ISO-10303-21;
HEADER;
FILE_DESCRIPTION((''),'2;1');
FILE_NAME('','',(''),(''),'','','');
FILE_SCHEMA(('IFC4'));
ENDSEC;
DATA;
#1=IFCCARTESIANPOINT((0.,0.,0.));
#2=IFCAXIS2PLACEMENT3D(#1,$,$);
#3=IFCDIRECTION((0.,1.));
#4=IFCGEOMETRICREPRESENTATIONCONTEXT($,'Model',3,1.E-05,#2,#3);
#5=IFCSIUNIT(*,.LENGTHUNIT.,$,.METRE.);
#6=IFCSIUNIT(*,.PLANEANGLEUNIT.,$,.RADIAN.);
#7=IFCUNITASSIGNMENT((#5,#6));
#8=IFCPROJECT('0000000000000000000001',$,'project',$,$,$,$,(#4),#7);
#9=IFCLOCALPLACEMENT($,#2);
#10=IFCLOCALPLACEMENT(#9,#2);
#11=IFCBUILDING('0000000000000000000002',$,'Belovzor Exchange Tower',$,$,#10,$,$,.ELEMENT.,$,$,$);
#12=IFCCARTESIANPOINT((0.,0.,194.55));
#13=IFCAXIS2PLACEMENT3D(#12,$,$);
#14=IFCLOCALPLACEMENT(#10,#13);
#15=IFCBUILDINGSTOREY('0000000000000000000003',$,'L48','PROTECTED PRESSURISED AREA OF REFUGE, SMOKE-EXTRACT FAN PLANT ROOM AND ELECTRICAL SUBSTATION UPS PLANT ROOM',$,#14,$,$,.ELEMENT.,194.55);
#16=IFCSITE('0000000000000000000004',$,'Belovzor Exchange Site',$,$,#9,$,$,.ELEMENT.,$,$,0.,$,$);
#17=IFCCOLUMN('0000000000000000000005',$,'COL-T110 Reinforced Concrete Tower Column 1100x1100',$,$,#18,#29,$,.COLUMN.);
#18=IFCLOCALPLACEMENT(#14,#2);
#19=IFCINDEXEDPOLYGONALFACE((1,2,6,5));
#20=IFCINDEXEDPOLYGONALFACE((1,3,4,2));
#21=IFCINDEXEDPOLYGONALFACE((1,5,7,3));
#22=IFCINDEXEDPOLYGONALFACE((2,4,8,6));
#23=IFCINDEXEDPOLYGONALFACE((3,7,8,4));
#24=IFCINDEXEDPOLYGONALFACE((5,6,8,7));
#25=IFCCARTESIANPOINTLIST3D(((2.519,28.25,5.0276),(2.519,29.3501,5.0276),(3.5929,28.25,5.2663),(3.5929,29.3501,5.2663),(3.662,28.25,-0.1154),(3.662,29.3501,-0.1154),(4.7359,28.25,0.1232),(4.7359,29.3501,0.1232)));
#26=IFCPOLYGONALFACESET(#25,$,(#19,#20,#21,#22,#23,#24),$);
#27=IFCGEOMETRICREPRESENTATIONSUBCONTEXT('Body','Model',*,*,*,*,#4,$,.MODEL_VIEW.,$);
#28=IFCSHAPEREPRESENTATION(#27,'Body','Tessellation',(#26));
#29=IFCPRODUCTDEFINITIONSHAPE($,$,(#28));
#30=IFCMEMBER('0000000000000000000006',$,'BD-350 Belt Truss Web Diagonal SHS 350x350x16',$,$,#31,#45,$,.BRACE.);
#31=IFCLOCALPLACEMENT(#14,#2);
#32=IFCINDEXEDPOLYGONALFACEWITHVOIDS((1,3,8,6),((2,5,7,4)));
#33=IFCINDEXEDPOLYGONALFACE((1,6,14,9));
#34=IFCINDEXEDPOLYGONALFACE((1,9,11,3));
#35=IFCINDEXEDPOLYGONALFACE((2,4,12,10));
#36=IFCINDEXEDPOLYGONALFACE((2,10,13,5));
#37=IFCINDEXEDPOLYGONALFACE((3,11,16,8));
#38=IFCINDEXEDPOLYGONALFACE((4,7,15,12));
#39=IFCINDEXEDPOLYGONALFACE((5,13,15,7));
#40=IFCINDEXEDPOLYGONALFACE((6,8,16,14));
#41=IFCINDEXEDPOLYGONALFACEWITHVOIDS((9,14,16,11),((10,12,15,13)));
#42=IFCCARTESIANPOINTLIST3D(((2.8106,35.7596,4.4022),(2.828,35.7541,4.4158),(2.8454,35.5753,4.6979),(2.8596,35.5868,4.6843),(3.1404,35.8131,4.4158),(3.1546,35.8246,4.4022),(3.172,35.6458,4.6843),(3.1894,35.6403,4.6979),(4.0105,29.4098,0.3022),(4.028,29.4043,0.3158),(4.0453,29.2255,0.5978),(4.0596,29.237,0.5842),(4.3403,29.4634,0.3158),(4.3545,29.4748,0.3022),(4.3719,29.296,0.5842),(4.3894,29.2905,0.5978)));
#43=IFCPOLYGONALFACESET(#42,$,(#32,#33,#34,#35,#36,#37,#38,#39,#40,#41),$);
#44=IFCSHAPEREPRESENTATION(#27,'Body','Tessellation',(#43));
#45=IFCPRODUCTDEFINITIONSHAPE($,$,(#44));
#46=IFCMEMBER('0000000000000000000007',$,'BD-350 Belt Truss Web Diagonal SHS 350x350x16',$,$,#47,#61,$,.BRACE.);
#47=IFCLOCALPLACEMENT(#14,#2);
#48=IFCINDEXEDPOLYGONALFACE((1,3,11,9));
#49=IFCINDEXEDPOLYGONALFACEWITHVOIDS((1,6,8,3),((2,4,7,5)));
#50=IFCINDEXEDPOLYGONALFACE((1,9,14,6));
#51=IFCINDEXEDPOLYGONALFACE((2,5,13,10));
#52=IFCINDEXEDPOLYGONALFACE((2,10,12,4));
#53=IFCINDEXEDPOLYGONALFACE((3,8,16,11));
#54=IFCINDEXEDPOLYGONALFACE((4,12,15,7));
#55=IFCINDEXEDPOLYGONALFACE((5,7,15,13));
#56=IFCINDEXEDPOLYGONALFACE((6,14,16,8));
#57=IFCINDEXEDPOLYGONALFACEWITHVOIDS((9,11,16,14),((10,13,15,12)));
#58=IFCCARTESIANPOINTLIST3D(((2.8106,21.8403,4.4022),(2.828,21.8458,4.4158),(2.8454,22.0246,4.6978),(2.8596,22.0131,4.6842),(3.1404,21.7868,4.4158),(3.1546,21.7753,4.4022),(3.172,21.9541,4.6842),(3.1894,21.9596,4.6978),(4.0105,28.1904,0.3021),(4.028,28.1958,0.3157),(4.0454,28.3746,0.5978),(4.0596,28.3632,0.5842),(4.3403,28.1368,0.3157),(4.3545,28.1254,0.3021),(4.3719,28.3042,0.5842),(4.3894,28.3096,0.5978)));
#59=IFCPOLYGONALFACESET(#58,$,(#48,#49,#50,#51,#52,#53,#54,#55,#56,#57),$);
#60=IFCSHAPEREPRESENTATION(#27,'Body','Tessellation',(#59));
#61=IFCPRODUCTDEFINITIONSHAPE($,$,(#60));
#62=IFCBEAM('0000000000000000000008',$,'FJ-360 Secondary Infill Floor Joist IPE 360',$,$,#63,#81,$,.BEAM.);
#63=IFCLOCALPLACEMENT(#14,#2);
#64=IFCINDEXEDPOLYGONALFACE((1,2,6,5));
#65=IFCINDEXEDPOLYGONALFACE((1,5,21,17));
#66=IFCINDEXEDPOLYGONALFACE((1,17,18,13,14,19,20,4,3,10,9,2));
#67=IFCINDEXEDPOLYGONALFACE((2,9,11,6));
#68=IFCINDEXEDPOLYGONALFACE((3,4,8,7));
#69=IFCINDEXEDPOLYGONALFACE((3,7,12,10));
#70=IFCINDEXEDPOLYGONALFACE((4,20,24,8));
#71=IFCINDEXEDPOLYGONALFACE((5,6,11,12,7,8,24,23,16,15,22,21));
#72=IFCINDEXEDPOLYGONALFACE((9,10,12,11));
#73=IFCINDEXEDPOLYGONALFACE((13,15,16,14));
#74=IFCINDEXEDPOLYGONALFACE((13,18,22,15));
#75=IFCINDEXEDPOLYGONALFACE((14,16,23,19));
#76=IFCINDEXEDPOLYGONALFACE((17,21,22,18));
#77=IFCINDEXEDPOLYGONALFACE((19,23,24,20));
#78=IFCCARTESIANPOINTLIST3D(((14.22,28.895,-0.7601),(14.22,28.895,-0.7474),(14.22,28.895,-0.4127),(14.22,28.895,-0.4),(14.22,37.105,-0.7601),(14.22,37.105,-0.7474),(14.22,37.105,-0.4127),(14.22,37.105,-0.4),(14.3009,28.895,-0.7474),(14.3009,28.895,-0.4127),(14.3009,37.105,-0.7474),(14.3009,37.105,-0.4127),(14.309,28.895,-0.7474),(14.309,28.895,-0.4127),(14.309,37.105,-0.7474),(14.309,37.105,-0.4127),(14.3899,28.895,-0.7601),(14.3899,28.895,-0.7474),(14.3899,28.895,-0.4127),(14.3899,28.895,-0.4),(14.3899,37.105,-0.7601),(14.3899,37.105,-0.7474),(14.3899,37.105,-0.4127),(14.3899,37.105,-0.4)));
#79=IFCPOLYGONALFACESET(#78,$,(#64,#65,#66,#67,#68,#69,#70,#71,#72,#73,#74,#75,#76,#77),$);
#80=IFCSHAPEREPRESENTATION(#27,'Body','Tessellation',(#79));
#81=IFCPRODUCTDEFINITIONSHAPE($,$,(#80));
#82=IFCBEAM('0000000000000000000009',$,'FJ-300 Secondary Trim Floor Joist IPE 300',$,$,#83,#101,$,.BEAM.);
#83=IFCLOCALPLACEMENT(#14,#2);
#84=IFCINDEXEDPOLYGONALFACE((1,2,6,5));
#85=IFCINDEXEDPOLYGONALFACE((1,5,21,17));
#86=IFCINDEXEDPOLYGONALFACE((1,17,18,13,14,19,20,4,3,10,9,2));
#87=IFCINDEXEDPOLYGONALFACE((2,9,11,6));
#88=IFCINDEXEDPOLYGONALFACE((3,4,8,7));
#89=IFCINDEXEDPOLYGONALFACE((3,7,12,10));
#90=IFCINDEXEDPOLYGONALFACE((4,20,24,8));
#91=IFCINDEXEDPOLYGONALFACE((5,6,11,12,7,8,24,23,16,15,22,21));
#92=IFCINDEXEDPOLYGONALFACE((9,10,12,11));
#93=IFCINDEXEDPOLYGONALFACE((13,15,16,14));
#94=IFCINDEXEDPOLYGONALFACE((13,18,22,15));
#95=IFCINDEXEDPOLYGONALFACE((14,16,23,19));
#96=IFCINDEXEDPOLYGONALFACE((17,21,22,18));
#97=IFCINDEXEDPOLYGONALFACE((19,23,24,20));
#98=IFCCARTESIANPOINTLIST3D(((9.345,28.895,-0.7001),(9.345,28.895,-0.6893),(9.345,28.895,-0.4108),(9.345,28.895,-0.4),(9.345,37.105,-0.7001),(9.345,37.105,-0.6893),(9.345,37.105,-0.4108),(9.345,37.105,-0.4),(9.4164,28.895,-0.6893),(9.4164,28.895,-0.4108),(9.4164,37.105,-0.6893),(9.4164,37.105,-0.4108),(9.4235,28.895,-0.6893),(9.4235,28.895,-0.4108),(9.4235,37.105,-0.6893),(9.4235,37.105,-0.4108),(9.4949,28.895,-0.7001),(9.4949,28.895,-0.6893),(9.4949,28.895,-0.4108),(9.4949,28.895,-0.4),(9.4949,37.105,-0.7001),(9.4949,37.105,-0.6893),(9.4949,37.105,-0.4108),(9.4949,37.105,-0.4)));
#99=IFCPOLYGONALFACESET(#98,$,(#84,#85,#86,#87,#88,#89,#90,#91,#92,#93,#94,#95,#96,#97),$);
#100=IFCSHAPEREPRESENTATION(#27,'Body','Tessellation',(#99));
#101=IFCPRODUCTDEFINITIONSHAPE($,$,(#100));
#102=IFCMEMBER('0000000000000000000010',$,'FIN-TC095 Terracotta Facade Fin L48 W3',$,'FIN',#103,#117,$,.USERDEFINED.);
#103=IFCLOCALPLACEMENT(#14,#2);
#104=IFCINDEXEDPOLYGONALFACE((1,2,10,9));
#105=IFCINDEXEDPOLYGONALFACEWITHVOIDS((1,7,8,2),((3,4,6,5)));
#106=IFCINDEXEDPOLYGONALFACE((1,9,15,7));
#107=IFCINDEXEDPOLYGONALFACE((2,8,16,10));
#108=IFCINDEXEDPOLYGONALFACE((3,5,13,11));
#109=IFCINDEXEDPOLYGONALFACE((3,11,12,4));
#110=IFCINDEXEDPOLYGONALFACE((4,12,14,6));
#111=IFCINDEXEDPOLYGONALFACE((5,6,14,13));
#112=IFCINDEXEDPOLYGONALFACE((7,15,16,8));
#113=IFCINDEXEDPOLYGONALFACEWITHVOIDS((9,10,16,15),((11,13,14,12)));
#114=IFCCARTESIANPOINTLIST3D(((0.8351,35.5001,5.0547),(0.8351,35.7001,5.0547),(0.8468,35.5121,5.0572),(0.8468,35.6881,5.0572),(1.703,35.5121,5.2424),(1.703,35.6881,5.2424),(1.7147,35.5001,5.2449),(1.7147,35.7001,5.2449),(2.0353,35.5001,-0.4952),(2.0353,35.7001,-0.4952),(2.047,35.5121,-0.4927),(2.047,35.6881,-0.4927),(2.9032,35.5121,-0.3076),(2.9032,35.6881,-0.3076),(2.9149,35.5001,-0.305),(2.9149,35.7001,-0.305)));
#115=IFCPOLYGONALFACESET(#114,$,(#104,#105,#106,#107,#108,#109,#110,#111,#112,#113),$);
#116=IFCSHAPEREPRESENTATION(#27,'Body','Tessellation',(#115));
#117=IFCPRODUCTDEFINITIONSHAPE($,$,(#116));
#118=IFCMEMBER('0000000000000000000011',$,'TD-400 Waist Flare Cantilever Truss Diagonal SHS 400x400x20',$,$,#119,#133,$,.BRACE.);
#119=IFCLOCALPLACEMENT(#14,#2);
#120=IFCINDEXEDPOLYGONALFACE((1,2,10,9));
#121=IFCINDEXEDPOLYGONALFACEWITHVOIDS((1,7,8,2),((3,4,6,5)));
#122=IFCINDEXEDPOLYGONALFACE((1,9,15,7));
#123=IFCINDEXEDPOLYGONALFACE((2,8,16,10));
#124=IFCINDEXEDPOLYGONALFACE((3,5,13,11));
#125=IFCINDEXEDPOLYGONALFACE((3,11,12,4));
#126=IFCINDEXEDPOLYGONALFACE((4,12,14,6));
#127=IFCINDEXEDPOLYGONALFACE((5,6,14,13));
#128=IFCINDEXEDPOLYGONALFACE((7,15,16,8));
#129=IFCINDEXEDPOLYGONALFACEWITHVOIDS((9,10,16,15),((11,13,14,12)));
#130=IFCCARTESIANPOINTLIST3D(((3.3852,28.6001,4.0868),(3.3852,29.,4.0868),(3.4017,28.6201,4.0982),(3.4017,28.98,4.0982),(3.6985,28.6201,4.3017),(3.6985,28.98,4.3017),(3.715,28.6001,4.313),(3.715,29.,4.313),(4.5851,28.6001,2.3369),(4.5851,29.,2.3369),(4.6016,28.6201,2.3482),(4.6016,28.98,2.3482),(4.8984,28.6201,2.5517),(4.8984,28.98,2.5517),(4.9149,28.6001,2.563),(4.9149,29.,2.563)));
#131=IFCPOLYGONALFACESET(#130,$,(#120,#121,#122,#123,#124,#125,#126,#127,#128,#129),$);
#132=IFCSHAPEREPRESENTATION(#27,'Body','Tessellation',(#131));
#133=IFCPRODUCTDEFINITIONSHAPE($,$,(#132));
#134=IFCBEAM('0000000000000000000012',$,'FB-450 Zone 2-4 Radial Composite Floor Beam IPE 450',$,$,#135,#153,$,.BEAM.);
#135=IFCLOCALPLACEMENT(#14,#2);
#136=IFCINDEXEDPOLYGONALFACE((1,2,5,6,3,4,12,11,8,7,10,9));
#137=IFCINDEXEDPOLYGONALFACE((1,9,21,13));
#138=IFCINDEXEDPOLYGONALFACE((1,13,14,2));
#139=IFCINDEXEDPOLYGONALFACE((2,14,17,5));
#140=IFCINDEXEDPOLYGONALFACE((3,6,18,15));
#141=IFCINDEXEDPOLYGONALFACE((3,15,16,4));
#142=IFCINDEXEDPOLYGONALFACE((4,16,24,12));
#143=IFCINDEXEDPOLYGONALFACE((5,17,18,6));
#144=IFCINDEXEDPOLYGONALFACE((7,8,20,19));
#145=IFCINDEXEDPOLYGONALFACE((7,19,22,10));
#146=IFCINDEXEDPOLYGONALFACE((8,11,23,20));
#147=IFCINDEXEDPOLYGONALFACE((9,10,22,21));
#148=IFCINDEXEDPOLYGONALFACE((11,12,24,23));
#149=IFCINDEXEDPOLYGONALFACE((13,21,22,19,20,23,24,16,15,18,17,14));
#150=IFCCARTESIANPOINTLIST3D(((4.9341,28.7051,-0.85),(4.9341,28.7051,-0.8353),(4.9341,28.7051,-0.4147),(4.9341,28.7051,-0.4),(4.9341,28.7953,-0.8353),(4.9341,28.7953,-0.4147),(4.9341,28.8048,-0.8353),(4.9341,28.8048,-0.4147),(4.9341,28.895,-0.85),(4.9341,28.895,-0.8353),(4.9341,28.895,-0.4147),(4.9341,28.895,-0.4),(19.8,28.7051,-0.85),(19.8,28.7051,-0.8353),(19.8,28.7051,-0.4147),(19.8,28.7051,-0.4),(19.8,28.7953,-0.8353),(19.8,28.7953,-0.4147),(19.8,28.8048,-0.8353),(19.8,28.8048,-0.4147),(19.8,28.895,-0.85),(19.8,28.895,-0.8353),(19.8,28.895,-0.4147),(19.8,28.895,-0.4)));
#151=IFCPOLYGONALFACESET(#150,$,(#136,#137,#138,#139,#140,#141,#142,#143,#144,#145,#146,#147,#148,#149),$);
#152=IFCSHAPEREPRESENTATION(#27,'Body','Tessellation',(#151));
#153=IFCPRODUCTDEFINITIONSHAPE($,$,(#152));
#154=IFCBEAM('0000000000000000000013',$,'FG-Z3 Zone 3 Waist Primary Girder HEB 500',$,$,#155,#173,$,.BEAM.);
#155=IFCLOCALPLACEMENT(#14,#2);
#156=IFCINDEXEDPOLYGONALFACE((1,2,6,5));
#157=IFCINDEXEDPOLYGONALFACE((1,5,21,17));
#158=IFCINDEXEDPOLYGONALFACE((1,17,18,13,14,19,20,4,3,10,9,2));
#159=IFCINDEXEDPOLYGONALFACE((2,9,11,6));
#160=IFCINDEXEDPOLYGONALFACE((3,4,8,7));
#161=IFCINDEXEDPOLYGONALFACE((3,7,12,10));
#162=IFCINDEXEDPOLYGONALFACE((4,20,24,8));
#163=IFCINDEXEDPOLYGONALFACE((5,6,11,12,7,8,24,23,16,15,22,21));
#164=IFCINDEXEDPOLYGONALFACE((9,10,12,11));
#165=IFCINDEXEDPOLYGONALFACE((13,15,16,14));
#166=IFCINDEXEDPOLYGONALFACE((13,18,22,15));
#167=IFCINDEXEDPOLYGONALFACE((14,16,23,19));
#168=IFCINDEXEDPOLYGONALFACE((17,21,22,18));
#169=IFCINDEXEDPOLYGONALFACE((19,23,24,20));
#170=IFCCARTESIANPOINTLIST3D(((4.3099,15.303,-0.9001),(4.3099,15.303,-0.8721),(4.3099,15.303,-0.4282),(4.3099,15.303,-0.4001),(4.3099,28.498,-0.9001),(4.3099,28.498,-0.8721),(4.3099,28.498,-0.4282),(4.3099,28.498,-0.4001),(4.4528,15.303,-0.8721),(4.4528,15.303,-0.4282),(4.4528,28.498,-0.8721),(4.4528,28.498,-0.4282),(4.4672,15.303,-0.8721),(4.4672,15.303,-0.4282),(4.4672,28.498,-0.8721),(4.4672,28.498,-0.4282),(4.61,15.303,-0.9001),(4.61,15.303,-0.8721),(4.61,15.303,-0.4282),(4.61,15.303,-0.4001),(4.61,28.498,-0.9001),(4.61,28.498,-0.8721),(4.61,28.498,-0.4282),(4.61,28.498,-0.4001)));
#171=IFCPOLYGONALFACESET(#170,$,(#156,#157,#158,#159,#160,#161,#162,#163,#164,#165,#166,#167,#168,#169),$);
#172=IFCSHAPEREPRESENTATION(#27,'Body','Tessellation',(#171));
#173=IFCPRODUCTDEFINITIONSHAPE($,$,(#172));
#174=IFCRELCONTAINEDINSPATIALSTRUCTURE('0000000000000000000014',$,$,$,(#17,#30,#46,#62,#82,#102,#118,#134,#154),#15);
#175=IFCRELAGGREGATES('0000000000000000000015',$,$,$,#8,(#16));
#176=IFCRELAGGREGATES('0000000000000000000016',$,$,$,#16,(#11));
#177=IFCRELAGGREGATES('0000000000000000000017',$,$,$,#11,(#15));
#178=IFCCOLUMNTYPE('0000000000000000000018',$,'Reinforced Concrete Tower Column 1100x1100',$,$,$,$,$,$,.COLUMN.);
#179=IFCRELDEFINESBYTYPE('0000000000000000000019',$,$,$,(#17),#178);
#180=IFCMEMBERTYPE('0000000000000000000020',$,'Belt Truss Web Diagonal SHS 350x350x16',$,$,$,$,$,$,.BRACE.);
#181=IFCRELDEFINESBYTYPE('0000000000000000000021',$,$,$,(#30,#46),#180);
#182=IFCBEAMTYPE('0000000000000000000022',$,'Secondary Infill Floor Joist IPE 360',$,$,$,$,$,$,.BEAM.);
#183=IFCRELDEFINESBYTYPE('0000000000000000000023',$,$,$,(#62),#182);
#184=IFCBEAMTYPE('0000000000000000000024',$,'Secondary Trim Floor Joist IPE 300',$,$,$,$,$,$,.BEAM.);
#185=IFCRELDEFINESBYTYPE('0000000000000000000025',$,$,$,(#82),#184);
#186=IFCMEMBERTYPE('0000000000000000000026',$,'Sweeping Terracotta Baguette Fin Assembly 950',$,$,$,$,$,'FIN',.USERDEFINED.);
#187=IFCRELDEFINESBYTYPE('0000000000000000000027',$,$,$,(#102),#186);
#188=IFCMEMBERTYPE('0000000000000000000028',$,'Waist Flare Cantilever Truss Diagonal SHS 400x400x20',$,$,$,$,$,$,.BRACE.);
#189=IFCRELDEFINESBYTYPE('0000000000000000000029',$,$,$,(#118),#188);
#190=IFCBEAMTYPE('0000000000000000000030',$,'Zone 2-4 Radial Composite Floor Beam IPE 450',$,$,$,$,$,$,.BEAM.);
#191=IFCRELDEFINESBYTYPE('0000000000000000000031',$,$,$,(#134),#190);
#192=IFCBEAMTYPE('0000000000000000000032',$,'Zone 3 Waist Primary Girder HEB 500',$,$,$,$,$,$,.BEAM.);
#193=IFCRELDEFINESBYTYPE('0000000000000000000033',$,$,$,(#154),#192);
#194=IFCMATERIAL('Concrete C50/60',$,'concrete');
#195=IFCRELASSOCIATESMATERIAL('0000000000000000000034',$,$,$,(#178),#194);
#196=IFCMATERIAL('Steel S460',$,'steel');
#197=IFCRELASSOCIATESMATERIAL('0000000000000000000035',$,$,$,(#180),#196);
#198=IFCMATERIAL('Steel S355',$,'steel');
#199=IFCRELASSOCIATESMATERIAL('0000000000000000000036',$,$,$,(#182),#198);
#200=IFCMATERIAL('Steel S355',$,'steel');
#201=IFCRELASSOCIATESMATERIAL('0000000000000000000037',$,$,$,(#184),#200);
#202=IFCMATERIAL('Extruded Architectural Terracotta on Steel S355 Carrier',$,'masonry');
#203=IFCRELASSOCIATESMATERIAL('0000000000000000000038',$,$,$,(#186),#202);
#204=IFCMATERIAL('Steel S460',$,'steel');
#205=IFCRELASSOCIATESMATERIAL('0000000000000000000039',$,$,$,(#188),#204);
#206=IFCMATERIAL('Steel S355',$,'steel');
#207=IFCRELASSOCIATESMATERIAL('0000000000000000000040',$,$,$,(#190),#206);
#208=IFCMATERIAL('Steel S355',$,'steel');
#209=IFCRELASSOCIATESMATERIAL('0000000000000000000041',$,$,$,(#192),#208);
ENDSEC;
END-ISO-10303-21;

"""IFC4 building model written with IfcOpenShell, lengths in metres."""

from ifc_helpers import new_model, si_unit, direction, frame, origin, origin_2d, place, context, subcontext, project, spatial, rectangle, hollow_rectangle, i_section, extrude, material, material_profile, profile_set, type_object, element, save


model = new_model("IFC4")

# Units and contexts
model_context = context("Model", 3, precision=1e-05, world=origin(), true_north=direction((0.0, 1.0)))
body_context = subcontext(model_context, "Body", "Model", "MODEL_VIEW")
ifc_project = project(units=[si_unit("LENGTHUNIT", "METRE"), si_unit("PLANEANGLEUNIT", "RADIAN")], contexts=[model_context])

# Site, building, storey
site_placement = place(None, origin())
site = spatial("IfcSite", under=ifc_project, at=site_placement, Name="Belovzor Exchange Site", CompositionType="ELEMENT", RefElevation=0.0)
building_placement = place(site_placement, origin())
building = spatial("IfcBuilding", under=site, at=building_placement, Name="Belovzor Exchange Tower", CompositionType="ELEMENT")
storey_placement = place(building_placement, frame((0.0, 0.0, 194.55)))
storey = spatial("IfcBuildingStorey", under=building, at=storey_placement, Name="L48", Description="PROTECTED PRESSURISED AREA OF REFUGE, SMOKE-EXTRACT FAN PLANT ROOM AND ELECTRICAL SUBSTATION UPS PLANT ROOM", CompositionType="ELEMENT", Elevation=194.55)

# Column
ifc_material_1 = material(Name="Concrete C50/60", Category="concrete")
ifc_material_profile_1 = material_profile(ifc_material_1, rectangle(XDim=1.1001, YDim=1.1001, at=origin_2d()))
ifc_profile_set_1 = profile_set([ifc_material_profile_1], Name="Concrete C50/60")
column_type = type_object("IfcColumnType", Name="Reinforced Concrete Tower Column 1100x1100", PredefinedType="COLUMN", material=ifc_profile_set_1)
column_placement = place(storey_placement, frame((4.199, 28.8, 0.0039), z_axis=(-0.21696, 0.0, 0.976181), x_axis=(0.0, -1.0, 0.0)))
element("IfcColumn", 1, at=column_placement, inside=storey, type_object=column_type, Name="COL-T110 Reinforced Concrete Tower Column 1100x1100", PredefinedType="COLUMN", context=body_context, shape_type="SweptSolid", body=[
    extrude(rectangle(XDim=1.1001, YDim=1.1001, at=origin_2d()), origin(), (0.0, 0.0, 1.0), 5.2686),
])

# Members
ifc_material_2 = material(Name="Steel S460", Category="steel")
ifc_material_profile_2 = material_profile(ifc_material_2, hollow_rectangle(XDim=0.3501, YDim=0.3501, WallThickness=0.0161, at=origin_2d()))
ifc_profile_set_2 = profile_set([ifc_material_profile_2], Name="Steel S460")
member_type_1 = type_object("IfcMemberType", Name="Belt Truss Web Diagonal SHS 350x350x16", PredefinedType="BRACE", material=ifc_profile_set_2)
member_1_placement = place(storey_placement, frame((3.0, 35.7, 4.55), z_axis=(0.156791, -0.8297, -0.535737), x_axis=(0.982609, 0.185687, 0.0)))
element("IfcMember", 2, at=member_1_placement, inside=storey, type_object=member_type_1, Name="BD-350 Belt Truss Web Diagonal SHS 350x350x16", PredefinedType="BRACE", context=body_context, shape_type="SweptSolid", body=[
    extrude(hollow_rectangle(XDim=0.3501, YDim=0.3501, WallThickness=0.0161, at=origin_2d()), origin(), (0.0, 0.0, 1.0), 7.6531),
])
member_2_placement = place(storey_placement, frame((4.2, 28.25, 0.45), z_axis=(-0.156787, -0.82971, 0.535723), x_axis=(0.98261, -0.18568, 0.0)))
element("IfcMember", 3, at=member_2_placement, inside=storey, type_object=member_type_1, Name="BD-350 Belt Truss Web Diagonal SHS 350x350x16", PredefinedType="BRACE", context=body_context, shape_type="SweptSolid", body=[
    extrude(hollow_rectangle(XDim=0.3501, YDim=0.3501, WallThickness=0.0161, at=origin_2d()), origin(), (0.0, 0.0, 1.0), 7.6533),
])

# Beams
ifc_material_3 = material(Name="Steel S355", Category="steel")
ifc_material_profile_3 = material_profile(ifc_material_3, i_section(OverallWidth=0.1699, OverallDepth=0.3601, WebThickness=0.0081, FlangeThickness=0.0127, at=origin_2d()))
ifc_profile_set_3 = profile_set([ifc_material_profile_3], Name="Steel S355")
beam_type_1 = type_object("IfcBeamType", Name="Secondary Infill Floor Joist IPE 360", PredefinedType="BEAM", material=ifc_profile_set_3)
beam_1_placement = place(storey_placement, frame((14.3049, 28.895, -0.5801), z_axis=(0.0, 1.0, 0.0), x_axis=(-1.0, 0.0, 0.0)))
element("IfcBeam", 4, at=beam_1_placement, inside=storey, type_object=beam_type_1, Name="FJ-360 Secondary Infill Floor Joist IPE 360", PredefinedType="BEAM", context=body_context, shape_type="SweptSolid", body=[
    extrude(i_section(OverallWidth=0.1699, OverallDepth=0.3601, WebThickness=0.0081, FlangeThickness=0.0127, at=origin_2d()), origin(), (0.0, 0.0, 1.0), 8.21),
])
ifc_material_4 = material(Name="Steel S355", Category="steel")
ifc_material_profile_4 = material_profile(ifc_material_4, i_section(OverallWidth=0.1499, OverallDepth=0.3, WebThickness=0.0071, FlangeThickness=0.0107, at=origin_2d()))
ifc_profile_set_4 = profile_set([ifc_material_profile_4], Name="Steel S355")
beam_type_2 = type_object("IfcBeamType", Name="Secondary Trim Floor Joist IPE 300", PredefinedType="BEAM", material=ifc_profile_set_4)
beam_2_placement = place(storey_placement, frame((9.4199, 28.895, -0.55), z_axis=(0.0, 1.0, 0.0), x_axis=(-1.0, 0.0, 0.0)))
element("IfcBeam", 5, at=beam_2_placement, inside=storey, type_object=beam_type_2, Name="FJ-300 Secondary Trim Floor Joist IPE 300", PredefinedType="BEAM", context=body_context, shape_type="SweptSolid", body=[
    extrude(i_section(OverallWidth=0.1499, OverallDepth=0.3, WebThickness=0.0071, FlangeThickness=0.0107, at=origin_2d()), origin(), (0.0, 0.0, 1.0), 8.21),
])

# Members
ifc_material_5 = material(Name="Extruded Architectural Terracotta on Steel S355 Carrier", Category="masonry")
ifc_material_profile_5 = material_profile(ifc_material_5, hollow_rectangle(XDim=0.2, YDim=0.8999, WallThickness=0.012, at=origin_2d()))
ifc_profile_set_5 = profile_set([ifc_material_profile_5], Name="Extruded Architectural Terracotta on Steel S355 Carrier")
member_type_2 = type_object("IfcMemberType", Name="Sweeping Terracotta Baguette Fin Assembly 950", ElementType="FIN", PredefinedType="USERDEFINED", material=ifc_profile_set_5)
member_3_placement = place(storey_placement, frame((2.4751, 35.6001, -0.4001), z_axis=(-0.211364, 0.0, 0.977407), x_axis=(0.0, -1.0, 0.0)))
element("IfcMember", 6, at=member_3_placement, inside=storey, type_object=member_type_2, Name="FIN-TC095 Terracotta Facade Fin L48 W3", ObjectType="FIN", PredefinedType="USERDEFINED", context=body_context, shape_type="SweptSolid", body=[
    extrude(hollow_rectangle(XDim=0.2, YDim=0.8999, WallThickness=0.012, at=origin_2d()), origin(), (0.0, 0.0, 1.0), 5.6782),
])
ifc_material_6 = material(Name="Steel S460", Category="steel")
ifc_material_profile_6 = material_profile(ifc_material_6, hollow_rectangle(XDim=0.3999, YDim=0.3999, WallThickness=0.02, at=origin_2d()))
ifc_profile_set_6 = profile_set([ifc_material_profile_6], Name="Steel S460")
member_type_3 = type_object("IfcMemberType", Name="Waist Flare Cantilever Truss Diagonal SHS 400x400x20", PredefinedType="BRACE", material=ifc_profile_set_6)
member_4_placement = place(storey_placement, frame((4.75, 28.8, 2.45), z_axis=(-0.565513, 0.0, 0.82474), x_axis=(0.0, -1.0, 0.0)))
element("IfcMember", 7, at=member_4_placement, inside=storey, type_object=member_type_3, Name="TD-400 Waist Flare Cantilever Truss Diagonal SHS 400x400x20", PredefinedType="BRACE", context=body_context, shape_type="SweptSolid", body=[
    extrude(hollow_rectangle(XDim=0.3999, YDim=0.3999, WallThickness=0.02, at=origin_2d()), origin(), (0.0, 0.0, 1.0), 2.1218),
])

# Beams
ifc_material_7 = material(Name="Steel S355", Category="steel")
ifc_material_profile_7 = material_profile(ifc_material_7, i_section(OverallWidth=0.1899, OverallDepth=0.45, WebThickness=0.0095, FlangeThickness=0.0146, at=origin_2d()))
ifc_profile_set_7 = profile_set([ifc_material_profile_7], Name="Steel S355")
beam_type_3 = type_object("IfcBeamType", Name="Zone 2-4 Radial Composite Floor Beam IPE 450", PredefinedType="BEAM", material=ifc_profile_set_7)
beam_3_placement = place(storey_placement, frame((19.8, 28.8, -0.625), z_axis=(-1.0, 0.0, 0.0), x_axis=(0.0, -1.0, 0.0)))
element("IfcBeam", 8, at=beam_3_placement, inside=storey, type_object=beam_type_3, Name="FB-450 Zone 2-4 Radial Composite Floor Beam IPE 450", PredefinedType="BEAM", context=body_context, shape_type="SweptSolid", body=[
    extrude(i_section(OverallWidth=0.1899, OverallDepth=0.45, WebThickness=0.0095, FlangeThickness=0.0146, at=origin_2d()), origin(), (0.0, 0.0, 1.0), 14.866),
])
ifc_material_8 = material(Name="Steel S355", Category="steel")
ifc_material_profile_8 = material_profile(ifc_material_8, i_section(OverallWidth=0.3, OverallDepth=0.5, WebThickness=0.0144, FlangeThickness=0.0281, at=origin_2d()))
ifc_profile_set_8 = profile_set([ifc_material_profile_8], Name="Steel S355")
beam_type_4 = type_object("IfcBeamType", Name="Zone 3 Waist Primary Girder HEB 500", PredefinedType="BEAM", material=ifc_profile_set_8)
beam_4_placement = place(storey_placement, frame((4.46, 28.498, -0.6501), z_axis=(0.0, -1.0, 0.0), x_axis=(1.0, 0.0, 0.0)))
element("IfcBeam", 9, at=beam_4_placement, inside=storey, type_object=beam_type_4, Name="FG-Z3 Zone 3 Waist Primary Girder HEB 500", PredefinedType="BEAM", context=body_context, shape_type="SweptSolid", body=[
    extrude(i_section(OverallWidth=0.3, OverallDepth=0.5, WebThickness=0.0144, FlangeThickness=0.0281, at=origin_2d()), origin(), (0.0, 0.0, 1.0), 13.1951),
])

save(model, "model.ifc")
